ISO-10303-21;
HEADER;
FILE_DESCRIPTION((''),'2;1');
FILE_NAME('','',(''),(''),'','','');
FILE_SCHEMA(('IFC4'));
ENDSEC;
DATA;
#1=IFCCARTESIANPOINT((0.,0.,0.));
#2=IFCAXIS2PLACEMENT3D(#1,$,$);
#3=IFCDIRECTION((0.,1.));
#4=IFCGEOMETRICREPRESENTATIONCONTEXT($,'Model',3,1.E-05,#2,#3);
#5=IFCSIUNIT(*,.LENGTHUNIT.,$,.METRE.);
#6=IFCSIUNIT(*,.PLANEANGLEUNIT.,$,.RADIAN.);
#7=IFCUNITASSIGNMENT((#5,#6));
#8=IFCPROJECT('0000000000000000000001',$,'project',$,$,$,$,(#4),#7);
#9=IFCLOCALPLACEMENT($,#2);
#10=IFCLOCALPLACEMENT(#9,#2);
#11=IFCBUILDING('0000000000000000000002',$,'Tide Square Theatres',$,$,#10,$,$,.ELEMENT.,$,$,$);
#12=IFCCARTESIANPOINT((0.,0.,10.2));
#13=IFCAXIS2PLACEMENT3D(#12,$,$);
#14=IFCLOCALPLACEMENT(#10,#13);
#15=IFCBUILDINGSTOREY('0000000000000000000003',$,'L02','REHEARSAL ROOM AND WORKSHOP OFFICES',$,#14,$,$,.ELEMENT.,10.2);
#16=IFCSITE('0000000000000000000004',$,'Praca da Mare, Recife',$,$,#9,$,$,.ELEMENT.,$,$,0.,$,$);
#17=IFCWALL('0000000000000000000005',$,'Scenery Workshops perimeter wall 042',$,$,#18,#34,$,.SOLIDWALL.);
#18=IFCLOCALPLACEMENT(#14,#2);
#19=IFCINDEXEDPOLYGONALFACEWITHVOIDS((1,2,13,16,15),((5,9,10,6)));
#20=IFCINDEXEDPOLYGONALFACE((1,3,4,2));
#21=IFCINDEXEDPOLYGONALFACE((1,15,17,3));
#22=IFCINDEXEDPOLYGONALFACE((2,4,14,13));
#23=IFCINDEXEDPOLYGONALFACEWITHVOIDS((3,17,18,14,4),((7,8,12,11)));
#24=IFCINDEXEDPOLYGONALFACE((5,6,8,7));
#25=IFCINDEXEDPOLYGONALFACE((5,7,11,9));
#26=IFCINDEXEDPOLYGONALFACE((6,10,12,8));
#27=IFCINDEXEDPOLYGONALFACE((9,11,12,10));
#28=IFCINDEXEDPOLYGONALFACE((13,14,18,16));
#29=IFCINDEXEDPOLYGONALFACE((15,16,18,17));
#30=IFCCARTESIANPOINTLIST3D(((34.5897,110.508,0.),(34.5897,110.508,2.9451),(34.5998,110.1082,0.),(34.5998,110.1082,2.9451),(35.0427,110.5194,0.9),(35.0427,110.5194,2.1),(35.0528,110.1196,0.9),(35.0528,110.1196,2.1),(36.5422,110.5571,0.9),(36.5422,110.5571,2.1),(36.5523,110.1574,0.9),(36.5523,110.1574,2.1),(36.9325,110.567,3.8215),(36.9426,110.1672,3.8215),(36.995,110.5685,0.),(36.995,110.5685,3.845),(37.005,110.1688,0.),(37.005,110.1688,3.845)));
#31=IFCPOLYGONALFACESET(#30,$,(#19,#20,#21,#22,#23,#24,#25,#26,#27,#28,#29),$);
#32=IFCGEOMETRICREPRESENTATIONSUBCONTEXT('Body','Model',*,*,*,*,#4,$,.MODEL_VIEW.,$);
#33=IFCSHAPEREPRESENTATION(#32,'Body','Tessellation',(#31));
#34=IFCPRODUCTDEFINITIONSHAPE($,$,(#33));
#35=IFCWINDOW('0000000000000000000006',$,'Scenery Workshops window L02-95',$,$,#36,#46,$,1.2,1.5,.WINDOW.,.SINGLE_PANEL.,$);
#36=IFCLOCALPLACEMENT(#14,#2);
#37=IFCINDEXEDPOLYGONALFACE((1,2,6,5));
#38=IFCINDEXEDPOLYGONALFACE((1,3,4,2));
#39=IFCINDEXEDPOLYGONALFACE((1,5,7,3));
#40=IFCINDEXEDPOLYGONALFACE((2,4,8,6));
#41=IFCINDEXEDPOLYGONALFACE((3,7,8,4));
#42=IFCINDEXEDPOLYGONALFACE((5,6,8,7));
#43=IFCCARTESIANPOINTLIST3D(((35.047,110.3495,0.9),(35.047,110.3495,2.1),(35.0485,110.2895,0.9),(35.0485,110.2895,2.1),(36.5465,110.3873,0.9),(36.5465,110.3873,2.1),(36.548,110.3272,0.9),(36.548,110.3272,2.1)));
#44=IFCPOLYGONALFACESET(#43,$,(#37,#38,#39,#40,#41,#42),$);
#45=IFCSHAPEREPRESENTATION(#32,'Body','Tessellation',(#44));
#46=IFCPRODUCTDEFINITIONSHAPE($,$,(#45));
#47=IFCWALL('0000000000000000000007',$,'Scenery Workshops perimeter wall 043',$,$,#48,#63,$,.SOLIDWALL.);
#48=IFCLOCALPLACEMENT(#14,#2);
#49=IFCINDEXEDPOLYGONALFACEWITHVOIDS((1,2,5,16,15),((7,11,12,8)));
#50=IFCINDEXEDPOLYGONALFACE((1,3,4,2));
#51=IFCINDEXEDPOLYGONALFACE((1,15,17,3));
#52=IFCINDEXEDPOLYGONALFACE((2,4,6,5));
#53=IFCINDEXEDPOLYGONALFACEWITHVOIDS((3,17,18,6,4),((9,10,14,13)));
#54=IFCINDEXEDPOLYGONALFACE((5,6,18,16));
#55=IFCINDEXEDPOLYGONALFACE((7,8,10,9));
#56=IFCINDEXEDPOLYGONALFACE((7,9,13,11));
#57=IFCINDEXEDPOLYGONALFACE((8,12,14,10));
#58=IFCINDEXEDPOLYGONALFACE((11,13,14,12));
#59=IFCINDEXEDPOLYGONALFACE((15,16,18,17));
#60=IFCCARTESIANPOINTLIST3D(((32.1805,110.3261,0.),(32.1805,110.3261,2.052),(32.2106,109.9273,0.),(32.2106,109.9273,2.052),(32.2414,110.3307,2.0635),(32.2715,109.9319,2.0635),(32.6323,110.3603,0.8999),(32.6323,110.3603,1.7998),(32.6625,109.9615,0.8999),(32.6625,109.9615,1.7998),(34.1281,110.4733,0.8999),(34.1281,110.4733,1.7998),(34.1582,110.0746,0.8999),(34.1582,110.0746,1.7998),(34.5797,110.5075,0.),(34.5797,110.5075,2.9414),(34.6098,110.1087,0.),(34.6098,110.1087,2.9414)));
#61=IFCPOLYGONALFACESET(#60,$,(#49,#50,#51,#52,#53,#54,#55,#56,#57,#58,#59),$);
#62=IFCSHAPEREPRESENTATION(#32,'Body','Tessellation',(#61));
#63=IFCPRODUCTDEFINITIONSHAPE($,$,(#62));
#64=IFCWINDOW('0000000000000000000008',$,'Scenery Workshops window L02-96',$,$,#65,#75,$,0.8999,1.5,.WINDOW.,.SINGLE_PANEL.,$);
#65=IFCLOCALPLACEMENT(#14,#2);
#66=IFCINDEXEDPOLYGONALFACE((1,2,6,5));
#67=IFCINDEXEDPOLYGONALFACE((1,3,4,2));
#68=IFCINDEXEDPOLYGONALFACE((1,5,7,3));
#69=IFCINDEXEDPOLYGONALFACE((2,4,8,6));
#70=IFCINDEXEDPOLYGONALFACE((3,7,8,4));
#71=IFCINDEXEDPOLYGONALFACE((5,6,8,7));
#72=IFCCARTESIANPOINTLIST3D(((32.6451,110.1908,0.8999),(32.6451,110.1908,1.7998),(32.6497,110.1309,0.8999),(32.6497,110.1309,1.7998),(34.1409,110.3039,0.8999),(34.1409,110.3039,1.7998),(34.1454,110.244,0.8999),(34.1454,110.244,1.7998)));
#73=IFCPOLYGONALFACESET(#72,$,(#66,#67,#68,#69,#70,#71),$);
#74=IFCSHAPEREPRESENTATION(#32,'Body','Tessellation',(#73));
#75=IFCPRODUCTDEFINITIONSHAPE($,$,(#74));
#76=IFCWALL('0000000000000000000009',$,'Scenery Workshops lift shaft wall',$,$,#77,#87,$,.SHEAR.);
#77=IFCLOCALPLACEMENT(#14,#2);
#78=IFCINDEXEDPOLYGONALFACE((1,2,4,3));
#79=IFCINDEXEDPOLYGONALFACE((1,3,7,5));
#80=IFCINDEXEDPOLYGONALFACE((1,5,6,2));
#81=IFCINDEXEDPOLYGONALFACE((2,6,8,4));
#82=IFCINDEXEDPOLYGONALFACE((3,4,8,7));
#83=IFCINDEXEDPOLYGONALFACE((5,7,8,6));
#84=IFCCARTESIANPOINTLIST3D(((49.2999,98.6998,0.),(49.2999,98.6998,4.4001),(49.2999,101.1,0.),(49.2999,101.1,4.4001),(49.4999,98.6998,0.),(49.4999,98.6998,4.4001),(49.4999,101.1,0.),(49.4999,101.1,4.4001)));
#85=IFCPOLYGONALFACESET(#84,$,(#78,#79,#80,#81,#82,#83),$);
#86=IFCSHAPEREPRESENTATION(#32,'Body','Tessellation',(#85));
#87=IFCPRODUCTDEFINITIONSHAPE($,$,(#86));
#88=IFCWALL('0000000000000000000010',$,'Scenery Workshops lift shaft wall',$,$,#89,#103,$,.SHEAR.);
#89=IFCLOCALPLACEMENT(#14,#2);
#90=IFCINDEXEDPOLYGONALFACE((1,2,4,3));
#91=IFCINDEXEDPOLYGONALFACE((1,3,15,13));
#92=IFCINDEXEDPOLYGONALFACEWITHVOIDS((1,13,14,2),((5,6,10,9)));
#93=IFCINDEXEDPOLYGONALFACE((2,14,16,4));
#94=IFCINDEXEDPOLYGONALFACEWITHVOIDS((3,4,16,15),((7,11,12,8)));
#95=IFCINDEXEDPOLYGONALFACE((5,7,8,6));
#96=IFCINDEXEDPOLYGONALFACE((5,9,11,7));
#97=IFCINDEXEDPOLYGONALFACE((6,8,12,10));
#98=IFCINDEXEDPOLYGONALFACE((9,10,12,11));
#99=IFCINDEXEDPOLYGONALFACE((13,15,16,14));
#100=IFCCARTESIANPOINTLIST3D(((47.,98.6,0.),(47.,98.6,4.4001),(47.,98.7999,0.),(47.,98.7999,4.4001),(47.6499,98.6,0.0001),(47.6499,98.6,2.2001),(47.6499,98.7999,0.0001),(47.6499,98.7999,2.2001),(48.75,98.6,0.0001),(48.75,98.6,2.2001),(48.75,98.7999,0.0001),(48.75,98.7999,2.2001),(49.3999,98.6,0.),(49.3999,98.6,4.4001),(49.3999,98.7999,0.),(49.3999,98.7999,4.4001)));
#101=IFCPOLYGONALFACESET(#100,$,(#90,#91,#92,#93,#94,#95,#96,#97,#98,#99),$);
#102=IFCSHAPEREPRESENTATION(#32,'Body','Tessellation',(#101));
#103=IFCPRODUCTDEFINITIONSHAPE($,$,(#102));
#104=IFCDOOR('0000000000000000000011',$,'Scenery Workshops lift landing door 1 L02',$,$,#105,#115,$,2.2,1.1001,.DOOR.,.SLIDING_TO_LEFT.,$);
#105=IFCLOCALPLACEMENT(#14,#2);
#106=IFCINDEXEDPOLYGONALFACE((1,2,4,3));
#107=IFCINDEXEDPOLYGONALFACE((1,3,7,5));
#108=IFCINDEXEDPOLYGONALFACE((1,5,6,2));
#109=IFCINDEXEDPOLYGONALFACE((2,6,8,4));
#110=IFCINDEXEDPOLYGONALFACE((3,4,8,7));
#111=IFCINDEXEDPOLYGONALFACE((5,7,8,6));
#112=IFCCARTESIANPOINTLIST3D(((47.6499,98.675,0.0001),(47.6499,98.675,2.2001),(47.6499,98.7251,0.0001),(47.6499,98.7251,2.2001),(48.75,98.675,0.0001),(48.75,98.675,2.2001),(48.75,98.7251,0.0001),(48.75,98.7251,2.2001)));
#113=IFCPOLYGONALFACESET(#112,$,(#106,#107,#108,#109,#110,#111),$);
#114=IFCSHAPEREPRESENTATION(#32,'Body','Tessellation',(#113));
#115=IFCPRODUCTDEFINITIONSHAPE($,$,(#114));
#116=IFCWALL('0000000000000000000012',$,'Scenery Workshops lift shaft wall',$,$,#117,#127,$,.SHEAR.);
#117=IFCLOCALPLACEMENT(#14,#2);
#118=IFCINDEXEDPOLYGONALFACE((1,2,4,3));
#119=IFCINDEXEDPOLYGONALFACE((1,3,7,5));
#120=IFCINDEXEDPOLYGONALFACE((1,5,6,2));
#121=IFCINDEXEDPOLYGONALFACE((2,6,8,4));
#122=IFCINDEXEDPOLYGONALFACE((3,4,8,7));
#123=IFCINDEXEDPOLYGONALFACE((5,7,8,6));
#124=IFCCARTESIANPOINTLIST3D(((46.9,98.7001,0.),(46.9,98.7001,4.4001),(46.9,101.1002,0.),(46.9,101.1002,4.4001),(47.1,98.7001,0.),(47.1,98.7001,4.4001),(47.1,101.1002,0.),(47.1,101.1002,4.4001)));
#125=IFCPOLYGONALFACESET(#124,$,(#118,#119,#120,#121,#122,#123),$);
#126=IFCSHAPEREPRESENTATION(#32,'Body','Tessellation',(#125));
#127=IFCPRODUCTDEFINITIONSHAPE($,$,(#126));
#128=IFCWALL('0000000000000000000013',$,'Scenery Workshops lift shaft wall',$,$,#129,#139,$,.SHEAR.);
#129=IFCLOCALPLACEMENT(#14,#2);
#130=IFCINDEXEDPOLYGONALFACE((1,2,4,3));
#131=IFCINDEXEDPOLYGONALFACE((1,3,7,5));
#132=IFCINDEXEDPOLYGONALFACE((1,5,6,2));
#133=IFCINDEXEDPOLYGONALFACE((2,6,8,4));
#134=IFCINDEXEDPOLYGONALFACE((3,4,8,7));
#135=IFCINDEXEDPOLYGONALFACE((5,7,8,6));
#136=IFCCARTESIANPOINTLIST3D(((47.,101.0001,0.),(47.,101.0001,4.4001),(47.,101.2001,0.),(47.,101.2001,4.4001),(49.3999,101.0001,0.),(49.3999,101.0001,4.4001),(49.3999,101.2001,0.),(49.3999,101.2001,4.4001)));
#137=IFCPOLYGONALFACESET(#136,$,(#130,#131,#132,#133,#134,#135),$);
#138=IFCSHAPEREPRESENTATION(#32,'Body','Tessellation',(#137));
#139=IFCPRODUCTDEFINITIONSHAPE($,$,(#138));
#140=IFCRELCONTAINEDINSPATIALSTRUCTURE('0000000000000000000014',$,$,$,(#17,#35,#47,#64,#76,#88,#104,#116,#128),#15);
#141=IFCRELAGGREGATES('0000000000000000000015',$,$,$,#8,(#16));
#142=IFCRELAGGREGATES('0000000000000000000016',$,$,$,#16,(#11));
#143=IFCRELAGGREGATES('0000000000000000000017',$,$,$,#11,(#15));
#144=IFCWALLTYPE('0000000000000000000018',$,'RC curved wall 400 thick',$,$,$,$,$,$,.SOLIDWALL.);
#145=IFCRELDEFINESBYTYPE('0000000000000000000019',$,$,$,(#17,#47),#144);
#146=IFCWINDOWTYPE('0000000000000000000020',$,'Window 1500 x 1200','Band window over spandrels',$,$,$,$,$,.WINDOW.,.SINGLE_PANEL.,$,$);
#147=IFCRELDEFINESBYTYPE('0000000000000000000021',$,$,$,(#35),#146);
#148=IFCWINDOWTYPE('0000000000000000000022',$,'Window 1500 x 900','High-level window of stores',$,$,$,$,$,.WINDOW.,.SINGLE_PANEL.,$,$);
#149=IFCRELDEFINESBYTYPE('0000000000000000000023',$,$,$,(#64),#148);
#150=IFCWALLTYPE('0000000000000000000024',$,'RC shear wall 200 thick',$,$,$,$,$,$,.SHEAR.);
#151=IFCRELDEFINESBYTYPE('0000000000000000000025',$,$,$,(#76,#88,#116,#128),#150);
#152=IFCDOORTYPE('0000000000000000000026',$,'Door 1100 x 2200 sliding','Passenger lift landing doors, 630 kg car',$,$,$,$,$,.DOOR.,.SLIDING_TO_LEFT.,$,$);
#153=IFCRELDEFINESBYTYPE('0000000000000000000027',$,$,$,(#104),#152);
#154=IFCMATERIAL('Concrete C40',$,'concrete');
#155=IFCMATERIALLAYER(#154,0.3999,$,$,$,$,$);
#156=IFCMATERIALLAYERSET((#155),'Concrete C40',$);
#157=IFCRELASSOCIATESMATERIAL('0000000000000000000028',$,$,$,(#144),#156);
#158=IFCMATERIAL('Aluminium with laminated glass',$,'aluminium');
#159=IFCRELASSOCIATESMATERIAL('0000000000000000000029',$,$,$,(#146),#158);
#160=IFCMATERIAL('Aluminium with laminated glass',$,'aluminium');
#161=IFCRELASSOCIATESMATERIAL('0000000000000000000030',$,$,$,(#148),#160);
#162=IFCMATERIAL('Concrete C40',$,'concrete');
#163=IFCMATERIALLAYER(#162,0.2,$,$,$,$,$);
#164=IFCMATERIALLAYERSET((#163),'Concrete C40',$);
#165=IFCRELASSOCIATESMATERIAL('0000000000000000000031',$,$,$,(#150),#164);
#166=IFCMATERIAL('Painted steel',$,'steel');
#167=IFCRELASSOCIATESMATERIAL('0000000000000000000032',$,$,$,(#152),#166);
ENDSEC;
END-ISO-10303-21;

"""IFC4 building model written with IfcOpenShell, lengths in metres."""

from ifc_helpers import new_model, si_unit, direction, frame, frame_2d, origin, place, context, subcontext, project, spatial, polyline, rectangle, outline, extrude, material, layer, layer_set, type_object, element, fill, save


model = new_model("IFC4")

# Units and contexts
model_context = context("Model", 3, precision=1e-05, world=origin(), true_north=direction((0.0, 1.0)))
body_context = subcontext(model_context, "Body", "Model", "MODEL_VIEW")
ifc_project = project(units=[si_unit("LENGTHUNIT", "METRE"), si_unit("PLANEANGLEUNIT", "RADIAN")], contexts=[model_context])

# Site, building, storey
site_placement = place(None, origin())
site = spatial("IfcSite", under=ifc_project, at=site_placement, Name="Praca da Mare, Recife", CompositionType="ELEMENT", RefElevation=0.0)
building_placement = place(site_placement, origin())
building = spatial("IfcBuilding", under=site, at=building_placement, Name="Tide Square Theatres", CompositionType="ELEMENT")
storey_placement = place(building_placement, frame((0.0, 0.0, 10.2)))
storey = spatial("IfcBuildingStorey", under=building, at=storey_placement, Name="L02", Description="REHEARSAL ROOM AND WORKSHOP OFFICES", CompositionType="ELEMENT", Elevation=10.2)

# Shared definitions
ifc_material_1 = material(Name="Concrete C40", Category="concrete")
ifc_layer_1 = layer(ifc_material_1, 0.3999)
ifc_layer_set_1 = layer_set([ifc_layer_1], Name="Concrete C40")
wall_type_1 = type_object("IfcWallType", Name="RC curved wall 400 thick", PredefinedType="SOLIDWALL", material=ifc_layer_set_1)

# Walls, openings, windows
ifc_material_2 = material(Name="Aluminium with laminated glass", Category="aluminium")
window_type_1 = type_object("IfcWindowType", Name="Window 1500 x 1200", Description="Band window over spandrels", PartitioningType="SINGLE_PANEL", PredefinedType="WINDOW", material=ifc_material_2)
wall_1_placement = place(storey_placement, frame((37.0, 110.3687, 0.0), z_axis=(0.0, 0.0, 1.0), x_axis=(-0.999683, -0.025165, 0.0)))
wall_1 = element("IfcWall", 1, at=wall_1_placement, inside=storey, type_object=wall_type_1, Name="Scenery Workshops perimeter wall 042", PredefinedType="SOLIDWALL", context=body_context, shape_type="SweptSolid", body=[
    extrude(outline(polyline([(0.0, 0.0), (2.406, 0.0), (2.406, 2.9451), (2.3728, 2.9575), (0.0625, 3.8215), (0.0, 3.845), (0.0, 0.0)])), frame((0.0, 0.2, 0.0), z_axis=(0.0, -1.0, 0.0), x_axis=(1.0, 0.0, 0.0)), (0.0, 0.0, 1.0), 0.3999),
])
opening_1_placement = place(wall_1_placement, frame((0.4529, 0.0, 0.8999)))
opening_1 = element("IfcOpeningElement", 2, at=opening_1_placement, cuts=wall_1, PredefinedType="OPENING", context=body_context, shape_type="SweptSolid", body=[
    extrude(rectangle(XDim=1.5, YDim=1.2, at=frame_2d((0.75, 0.6001))), frame((0.0, 0.21, 0.0), z_axis=(0.0, -1.0, 0.0), x_axis=(1.0, 0.0, 0.0)), (0.0, 0.0, 1.0), 0.4199),
])
window_1_placement = place(opening_1_placement, origin())
window_1 = element("IfcWindow", 3, at=window_1_placement, inside=storey, type_object=window_type_1, Name="Scenery Workshops window L02-95", OverallHeight=1.2, OverallWidth=1.5, PartitioningType="SINGLE_PANEL", PredefinedType="WINDOW", context=body_context, shape_type="SweptSolid", body=[
    extrude(rectangle(XDim=1.5, YDim=1.2, at=frame_2d((0.75, 0.6001))), frame((0.0, 0.03, 0.0), z_axis=(0.0, -1.0, 0.0), x_axis=(1.0, 0.0, 0.0)), (0.0, 0.0, 1.0), 0.0601),
])
fill(opening_1, window_1)
wall_2_placement = place(storey_placement, frame((34.5947, 110.3081, 0.0), z_axis=(0.0, 0.0, 1.0), x_axis=(-0.997154, -0.075393, 0.0)))
wall_2 = element("IfcWall", 4, at=wall_2_placement, inside=storey, type_object=wall_type_1, Name="Scenery Workshops perimeter wall 043", PredefinedType="SOLIDWALL", context=body_context, shape_type="SweptSolid", body=[
    extrude(outline(polyline([(0.0, 0.0), (2.406, 0.0), (2.406, 2.052), (2.345, 2.0635), (0.0, 2.9414), (0.0, 0.0)])), frame((0.0, 0.2, 0.0), z_axis=(0.0, -1.0, 0.0), x_axis=(1.0, 0.0, 0.0)), (0.0, 0.0, 1.0), 0.3999),
])
opening_2_placement = place(wall_2_placement, frame((0.4529, 0.0, 0.8999)))
opening_2 = element("IfcOpeningElement", 5, at=opening_2_placement, cuts=wall_2, PredefinedType="OPENING", context=body_context, shape_type="SweptSolid", body=[
    extrude(rectangle(XDim=1.5, YDim=0.8999, at=frame_2d((0.75, 0.45))), frame((0.0, 0.21, 0.0), z_axis=(0.0, -1.0, 0.0), x_axis=(1.0, 0.0, 0.0)), (0.0, 0.0, 1.0), 0.4199),
])
ifc_material_3 = material(Name="Aluminium with laminated glass", Category="aluminium")
window_type_2 = type_object("IfcWindowType", Name="Window 1500 x 900", Description="High-level window of stores", PartitioningType="SINGLE_PANEL", PredefinedType="WINDOW", material=ifc_material_3)
window_2_placement = place(opening_2_placement, origin())
window_2 = element("IfcWindow", 6, at=window_2_placement, inside=storey, type_object=window_type_2, Name="Scenery Workshops window L02-96", OverallHeight=0.8999, OverallWidth=1.5, PartitioningType="SINGLE_PANEL", PredefinedType="WINDOW", context=body_context, shape_type="SweptSolid", body=[
    extrude(rectangle(XDim=1.5, YDim=0.8999, at=frame_2d((0.75, 0.45))), frame((0.0, 0.03, 0.0), z_axis=(0.0, -1.0, 0.0), x_axis=(1.0, 0.0, 0.0)), (0.0, 0.0, 1.0), 0.0601),
])
fill(opening_2, window_2)

# Wall
ifc_material_4 = material(Name="Concrete C40", Category="concrete")
ifc_layer_2 = layer(ifc_material_4, 0.2)
ifc_layer_set_2 = layer_set([ifc_layer_2], Name="Concrete C40")
wall_type_2 = type_object("IfcWallType", Name="RC shear wall 200 thick", PredefinedType="SHEAR", material=ifc_layer_set_2)
wall_3_placement = place(storey_placement, frame((49.3999, 101.1001, 0.0), z_axis=(0.0, 0.0, 1.0), x_axis=(0.0, -1.0, 0.0)))
element("IfcWall", 7, at=wall_3_placement, inside=storey, type_object=wall_type_2, Name="Scenery Workshops lift shaft wall", PredefinedType="SHEAR", context=body_context, shape_type="SweptSolid", body=[
    extrude(rectangle(XDim=2.4001, YDim=0.2, at=frame_2d((1.2002, 0.0))), origin(), (0.0, 0.0, 1.0), 4.4001),
])

# Wall, opening, door
wall_4_placement = place(storey_placement, frame((49.3999, 98.7, 0.0), z_axis=(0.0, 0.0, 1.0), x_axis=(-1.0, 0.0, 0.0)))
wall_4 = element("IfcWall", 8, at=wall_4_placement, inside=storey, type_object=wall_type_2, Name="Scenery Workshops lift shaft wall", PredefinedType="SHEAR", context=body_context, shape_type="SweptSolid", body=[
    extrude(rectangle(XDim=2.3999, YDim=0.2, at=frame_2d((1.2, 0.0))), origin(), (0.0, 0.0, 1.0), 4.4001),
])
opening_3_placement = place(wall_4_placement, frame((0.6499, 0.0, 0.0)))
opening_3 = element("IfcOpeningElement", 9, at=opening_3_placement, cuts=wall_4, PredefinedType="OPENING", context=body_context, shape_type="SweptSolid", body=[
    extrude(rectangle(XDim=1.1001, YDim=2.2, at=frame_2d((0.55, 1.1001))), frame((0.0, 0.1099, 0.0), z_axis=(0.0, -1.0, 0.0), x_axis=(1.0, 0.0, 0.0)), (0.0, 0.0, 1.0), 0.22),
])
ifc_material_5 = material(Name="Painted steel", Category="steel")
door_type = type_object("IfcDoorType", Name="Door 1100 x 2200 sliding", Description="Passenger lift landing doors, 630 kg car", OperationType="SLIDING_TO_LEFT", PredefinedType="DOOR", material=ifc_material_5)
door_placement = place(opening_3_placement, origin())
door = element("IfcDoor", 10, at=door_placement, inside=storey, type_object=door_type, Name="Scenery Workshops lift landing door 1 L02", OperationType="SLIDING_TO_LEFT", OverallHeight=2.2, OverallWidth=1.1001, PredefinedType="DOOR", context=body_context, shape_type="SweptSolid", body=[
    extrude(rectangle(XDim=1.1001, YDim=2.2, at=frame_2d((0.55, 1.1001))), frame((0.0, 0.0249, 0.0), z_axis=(0.0, -1.0, 0.0), x_axis=(1.0, 0.0, 0.0)), (0.0, 0.0, 1.0), 0.05),
])
fill(opening_3, door)

# Walls
wall_5_placement = place(storey_placement, frame((47.0, 98.7, 0.0), z_axis=(0.0, 0.0, 1.0), x_axis=(0.0, 1.0, 0.0)))
element("IfcWall", 11, at=wall_5_placement, inside=storey, type_object=wall_type_2, Name="Scenery Workshops lift shaft wall", PredefinedType="SHEAR", context=body_context, shape_type="SweptSolid", body=[
    extrude(rectangle(XDim=2.4001, YDim=0.2, at=frame_2d((1.2002, 0.0))), origin(), (0.0, 0.0, 1.0), 4.4001),
])
wall_6_placement = place(storey_placement, frame((47.0, 101.1001, 0.0), z_axis=(0.0, 0.0, 1.0), x_axis=(1.0, 0.0, 0.0)))
element("IfcWall", 12, at=wall_6_placement, inside=storey, type_object=wall_type_2, Name="Scenery Workshops lift shaft wall", PredefinedType="SHEAR", context=body_context, shape_type="SweptSolid", body=[
    extrude(rectangle(XDim=2.3999, YDim=0.2, at=frame_2d((1.2, 0.0))), origin(), (0.0, 0.0, 1.0), 4.4001),
])

save(model, "model.ifc")
